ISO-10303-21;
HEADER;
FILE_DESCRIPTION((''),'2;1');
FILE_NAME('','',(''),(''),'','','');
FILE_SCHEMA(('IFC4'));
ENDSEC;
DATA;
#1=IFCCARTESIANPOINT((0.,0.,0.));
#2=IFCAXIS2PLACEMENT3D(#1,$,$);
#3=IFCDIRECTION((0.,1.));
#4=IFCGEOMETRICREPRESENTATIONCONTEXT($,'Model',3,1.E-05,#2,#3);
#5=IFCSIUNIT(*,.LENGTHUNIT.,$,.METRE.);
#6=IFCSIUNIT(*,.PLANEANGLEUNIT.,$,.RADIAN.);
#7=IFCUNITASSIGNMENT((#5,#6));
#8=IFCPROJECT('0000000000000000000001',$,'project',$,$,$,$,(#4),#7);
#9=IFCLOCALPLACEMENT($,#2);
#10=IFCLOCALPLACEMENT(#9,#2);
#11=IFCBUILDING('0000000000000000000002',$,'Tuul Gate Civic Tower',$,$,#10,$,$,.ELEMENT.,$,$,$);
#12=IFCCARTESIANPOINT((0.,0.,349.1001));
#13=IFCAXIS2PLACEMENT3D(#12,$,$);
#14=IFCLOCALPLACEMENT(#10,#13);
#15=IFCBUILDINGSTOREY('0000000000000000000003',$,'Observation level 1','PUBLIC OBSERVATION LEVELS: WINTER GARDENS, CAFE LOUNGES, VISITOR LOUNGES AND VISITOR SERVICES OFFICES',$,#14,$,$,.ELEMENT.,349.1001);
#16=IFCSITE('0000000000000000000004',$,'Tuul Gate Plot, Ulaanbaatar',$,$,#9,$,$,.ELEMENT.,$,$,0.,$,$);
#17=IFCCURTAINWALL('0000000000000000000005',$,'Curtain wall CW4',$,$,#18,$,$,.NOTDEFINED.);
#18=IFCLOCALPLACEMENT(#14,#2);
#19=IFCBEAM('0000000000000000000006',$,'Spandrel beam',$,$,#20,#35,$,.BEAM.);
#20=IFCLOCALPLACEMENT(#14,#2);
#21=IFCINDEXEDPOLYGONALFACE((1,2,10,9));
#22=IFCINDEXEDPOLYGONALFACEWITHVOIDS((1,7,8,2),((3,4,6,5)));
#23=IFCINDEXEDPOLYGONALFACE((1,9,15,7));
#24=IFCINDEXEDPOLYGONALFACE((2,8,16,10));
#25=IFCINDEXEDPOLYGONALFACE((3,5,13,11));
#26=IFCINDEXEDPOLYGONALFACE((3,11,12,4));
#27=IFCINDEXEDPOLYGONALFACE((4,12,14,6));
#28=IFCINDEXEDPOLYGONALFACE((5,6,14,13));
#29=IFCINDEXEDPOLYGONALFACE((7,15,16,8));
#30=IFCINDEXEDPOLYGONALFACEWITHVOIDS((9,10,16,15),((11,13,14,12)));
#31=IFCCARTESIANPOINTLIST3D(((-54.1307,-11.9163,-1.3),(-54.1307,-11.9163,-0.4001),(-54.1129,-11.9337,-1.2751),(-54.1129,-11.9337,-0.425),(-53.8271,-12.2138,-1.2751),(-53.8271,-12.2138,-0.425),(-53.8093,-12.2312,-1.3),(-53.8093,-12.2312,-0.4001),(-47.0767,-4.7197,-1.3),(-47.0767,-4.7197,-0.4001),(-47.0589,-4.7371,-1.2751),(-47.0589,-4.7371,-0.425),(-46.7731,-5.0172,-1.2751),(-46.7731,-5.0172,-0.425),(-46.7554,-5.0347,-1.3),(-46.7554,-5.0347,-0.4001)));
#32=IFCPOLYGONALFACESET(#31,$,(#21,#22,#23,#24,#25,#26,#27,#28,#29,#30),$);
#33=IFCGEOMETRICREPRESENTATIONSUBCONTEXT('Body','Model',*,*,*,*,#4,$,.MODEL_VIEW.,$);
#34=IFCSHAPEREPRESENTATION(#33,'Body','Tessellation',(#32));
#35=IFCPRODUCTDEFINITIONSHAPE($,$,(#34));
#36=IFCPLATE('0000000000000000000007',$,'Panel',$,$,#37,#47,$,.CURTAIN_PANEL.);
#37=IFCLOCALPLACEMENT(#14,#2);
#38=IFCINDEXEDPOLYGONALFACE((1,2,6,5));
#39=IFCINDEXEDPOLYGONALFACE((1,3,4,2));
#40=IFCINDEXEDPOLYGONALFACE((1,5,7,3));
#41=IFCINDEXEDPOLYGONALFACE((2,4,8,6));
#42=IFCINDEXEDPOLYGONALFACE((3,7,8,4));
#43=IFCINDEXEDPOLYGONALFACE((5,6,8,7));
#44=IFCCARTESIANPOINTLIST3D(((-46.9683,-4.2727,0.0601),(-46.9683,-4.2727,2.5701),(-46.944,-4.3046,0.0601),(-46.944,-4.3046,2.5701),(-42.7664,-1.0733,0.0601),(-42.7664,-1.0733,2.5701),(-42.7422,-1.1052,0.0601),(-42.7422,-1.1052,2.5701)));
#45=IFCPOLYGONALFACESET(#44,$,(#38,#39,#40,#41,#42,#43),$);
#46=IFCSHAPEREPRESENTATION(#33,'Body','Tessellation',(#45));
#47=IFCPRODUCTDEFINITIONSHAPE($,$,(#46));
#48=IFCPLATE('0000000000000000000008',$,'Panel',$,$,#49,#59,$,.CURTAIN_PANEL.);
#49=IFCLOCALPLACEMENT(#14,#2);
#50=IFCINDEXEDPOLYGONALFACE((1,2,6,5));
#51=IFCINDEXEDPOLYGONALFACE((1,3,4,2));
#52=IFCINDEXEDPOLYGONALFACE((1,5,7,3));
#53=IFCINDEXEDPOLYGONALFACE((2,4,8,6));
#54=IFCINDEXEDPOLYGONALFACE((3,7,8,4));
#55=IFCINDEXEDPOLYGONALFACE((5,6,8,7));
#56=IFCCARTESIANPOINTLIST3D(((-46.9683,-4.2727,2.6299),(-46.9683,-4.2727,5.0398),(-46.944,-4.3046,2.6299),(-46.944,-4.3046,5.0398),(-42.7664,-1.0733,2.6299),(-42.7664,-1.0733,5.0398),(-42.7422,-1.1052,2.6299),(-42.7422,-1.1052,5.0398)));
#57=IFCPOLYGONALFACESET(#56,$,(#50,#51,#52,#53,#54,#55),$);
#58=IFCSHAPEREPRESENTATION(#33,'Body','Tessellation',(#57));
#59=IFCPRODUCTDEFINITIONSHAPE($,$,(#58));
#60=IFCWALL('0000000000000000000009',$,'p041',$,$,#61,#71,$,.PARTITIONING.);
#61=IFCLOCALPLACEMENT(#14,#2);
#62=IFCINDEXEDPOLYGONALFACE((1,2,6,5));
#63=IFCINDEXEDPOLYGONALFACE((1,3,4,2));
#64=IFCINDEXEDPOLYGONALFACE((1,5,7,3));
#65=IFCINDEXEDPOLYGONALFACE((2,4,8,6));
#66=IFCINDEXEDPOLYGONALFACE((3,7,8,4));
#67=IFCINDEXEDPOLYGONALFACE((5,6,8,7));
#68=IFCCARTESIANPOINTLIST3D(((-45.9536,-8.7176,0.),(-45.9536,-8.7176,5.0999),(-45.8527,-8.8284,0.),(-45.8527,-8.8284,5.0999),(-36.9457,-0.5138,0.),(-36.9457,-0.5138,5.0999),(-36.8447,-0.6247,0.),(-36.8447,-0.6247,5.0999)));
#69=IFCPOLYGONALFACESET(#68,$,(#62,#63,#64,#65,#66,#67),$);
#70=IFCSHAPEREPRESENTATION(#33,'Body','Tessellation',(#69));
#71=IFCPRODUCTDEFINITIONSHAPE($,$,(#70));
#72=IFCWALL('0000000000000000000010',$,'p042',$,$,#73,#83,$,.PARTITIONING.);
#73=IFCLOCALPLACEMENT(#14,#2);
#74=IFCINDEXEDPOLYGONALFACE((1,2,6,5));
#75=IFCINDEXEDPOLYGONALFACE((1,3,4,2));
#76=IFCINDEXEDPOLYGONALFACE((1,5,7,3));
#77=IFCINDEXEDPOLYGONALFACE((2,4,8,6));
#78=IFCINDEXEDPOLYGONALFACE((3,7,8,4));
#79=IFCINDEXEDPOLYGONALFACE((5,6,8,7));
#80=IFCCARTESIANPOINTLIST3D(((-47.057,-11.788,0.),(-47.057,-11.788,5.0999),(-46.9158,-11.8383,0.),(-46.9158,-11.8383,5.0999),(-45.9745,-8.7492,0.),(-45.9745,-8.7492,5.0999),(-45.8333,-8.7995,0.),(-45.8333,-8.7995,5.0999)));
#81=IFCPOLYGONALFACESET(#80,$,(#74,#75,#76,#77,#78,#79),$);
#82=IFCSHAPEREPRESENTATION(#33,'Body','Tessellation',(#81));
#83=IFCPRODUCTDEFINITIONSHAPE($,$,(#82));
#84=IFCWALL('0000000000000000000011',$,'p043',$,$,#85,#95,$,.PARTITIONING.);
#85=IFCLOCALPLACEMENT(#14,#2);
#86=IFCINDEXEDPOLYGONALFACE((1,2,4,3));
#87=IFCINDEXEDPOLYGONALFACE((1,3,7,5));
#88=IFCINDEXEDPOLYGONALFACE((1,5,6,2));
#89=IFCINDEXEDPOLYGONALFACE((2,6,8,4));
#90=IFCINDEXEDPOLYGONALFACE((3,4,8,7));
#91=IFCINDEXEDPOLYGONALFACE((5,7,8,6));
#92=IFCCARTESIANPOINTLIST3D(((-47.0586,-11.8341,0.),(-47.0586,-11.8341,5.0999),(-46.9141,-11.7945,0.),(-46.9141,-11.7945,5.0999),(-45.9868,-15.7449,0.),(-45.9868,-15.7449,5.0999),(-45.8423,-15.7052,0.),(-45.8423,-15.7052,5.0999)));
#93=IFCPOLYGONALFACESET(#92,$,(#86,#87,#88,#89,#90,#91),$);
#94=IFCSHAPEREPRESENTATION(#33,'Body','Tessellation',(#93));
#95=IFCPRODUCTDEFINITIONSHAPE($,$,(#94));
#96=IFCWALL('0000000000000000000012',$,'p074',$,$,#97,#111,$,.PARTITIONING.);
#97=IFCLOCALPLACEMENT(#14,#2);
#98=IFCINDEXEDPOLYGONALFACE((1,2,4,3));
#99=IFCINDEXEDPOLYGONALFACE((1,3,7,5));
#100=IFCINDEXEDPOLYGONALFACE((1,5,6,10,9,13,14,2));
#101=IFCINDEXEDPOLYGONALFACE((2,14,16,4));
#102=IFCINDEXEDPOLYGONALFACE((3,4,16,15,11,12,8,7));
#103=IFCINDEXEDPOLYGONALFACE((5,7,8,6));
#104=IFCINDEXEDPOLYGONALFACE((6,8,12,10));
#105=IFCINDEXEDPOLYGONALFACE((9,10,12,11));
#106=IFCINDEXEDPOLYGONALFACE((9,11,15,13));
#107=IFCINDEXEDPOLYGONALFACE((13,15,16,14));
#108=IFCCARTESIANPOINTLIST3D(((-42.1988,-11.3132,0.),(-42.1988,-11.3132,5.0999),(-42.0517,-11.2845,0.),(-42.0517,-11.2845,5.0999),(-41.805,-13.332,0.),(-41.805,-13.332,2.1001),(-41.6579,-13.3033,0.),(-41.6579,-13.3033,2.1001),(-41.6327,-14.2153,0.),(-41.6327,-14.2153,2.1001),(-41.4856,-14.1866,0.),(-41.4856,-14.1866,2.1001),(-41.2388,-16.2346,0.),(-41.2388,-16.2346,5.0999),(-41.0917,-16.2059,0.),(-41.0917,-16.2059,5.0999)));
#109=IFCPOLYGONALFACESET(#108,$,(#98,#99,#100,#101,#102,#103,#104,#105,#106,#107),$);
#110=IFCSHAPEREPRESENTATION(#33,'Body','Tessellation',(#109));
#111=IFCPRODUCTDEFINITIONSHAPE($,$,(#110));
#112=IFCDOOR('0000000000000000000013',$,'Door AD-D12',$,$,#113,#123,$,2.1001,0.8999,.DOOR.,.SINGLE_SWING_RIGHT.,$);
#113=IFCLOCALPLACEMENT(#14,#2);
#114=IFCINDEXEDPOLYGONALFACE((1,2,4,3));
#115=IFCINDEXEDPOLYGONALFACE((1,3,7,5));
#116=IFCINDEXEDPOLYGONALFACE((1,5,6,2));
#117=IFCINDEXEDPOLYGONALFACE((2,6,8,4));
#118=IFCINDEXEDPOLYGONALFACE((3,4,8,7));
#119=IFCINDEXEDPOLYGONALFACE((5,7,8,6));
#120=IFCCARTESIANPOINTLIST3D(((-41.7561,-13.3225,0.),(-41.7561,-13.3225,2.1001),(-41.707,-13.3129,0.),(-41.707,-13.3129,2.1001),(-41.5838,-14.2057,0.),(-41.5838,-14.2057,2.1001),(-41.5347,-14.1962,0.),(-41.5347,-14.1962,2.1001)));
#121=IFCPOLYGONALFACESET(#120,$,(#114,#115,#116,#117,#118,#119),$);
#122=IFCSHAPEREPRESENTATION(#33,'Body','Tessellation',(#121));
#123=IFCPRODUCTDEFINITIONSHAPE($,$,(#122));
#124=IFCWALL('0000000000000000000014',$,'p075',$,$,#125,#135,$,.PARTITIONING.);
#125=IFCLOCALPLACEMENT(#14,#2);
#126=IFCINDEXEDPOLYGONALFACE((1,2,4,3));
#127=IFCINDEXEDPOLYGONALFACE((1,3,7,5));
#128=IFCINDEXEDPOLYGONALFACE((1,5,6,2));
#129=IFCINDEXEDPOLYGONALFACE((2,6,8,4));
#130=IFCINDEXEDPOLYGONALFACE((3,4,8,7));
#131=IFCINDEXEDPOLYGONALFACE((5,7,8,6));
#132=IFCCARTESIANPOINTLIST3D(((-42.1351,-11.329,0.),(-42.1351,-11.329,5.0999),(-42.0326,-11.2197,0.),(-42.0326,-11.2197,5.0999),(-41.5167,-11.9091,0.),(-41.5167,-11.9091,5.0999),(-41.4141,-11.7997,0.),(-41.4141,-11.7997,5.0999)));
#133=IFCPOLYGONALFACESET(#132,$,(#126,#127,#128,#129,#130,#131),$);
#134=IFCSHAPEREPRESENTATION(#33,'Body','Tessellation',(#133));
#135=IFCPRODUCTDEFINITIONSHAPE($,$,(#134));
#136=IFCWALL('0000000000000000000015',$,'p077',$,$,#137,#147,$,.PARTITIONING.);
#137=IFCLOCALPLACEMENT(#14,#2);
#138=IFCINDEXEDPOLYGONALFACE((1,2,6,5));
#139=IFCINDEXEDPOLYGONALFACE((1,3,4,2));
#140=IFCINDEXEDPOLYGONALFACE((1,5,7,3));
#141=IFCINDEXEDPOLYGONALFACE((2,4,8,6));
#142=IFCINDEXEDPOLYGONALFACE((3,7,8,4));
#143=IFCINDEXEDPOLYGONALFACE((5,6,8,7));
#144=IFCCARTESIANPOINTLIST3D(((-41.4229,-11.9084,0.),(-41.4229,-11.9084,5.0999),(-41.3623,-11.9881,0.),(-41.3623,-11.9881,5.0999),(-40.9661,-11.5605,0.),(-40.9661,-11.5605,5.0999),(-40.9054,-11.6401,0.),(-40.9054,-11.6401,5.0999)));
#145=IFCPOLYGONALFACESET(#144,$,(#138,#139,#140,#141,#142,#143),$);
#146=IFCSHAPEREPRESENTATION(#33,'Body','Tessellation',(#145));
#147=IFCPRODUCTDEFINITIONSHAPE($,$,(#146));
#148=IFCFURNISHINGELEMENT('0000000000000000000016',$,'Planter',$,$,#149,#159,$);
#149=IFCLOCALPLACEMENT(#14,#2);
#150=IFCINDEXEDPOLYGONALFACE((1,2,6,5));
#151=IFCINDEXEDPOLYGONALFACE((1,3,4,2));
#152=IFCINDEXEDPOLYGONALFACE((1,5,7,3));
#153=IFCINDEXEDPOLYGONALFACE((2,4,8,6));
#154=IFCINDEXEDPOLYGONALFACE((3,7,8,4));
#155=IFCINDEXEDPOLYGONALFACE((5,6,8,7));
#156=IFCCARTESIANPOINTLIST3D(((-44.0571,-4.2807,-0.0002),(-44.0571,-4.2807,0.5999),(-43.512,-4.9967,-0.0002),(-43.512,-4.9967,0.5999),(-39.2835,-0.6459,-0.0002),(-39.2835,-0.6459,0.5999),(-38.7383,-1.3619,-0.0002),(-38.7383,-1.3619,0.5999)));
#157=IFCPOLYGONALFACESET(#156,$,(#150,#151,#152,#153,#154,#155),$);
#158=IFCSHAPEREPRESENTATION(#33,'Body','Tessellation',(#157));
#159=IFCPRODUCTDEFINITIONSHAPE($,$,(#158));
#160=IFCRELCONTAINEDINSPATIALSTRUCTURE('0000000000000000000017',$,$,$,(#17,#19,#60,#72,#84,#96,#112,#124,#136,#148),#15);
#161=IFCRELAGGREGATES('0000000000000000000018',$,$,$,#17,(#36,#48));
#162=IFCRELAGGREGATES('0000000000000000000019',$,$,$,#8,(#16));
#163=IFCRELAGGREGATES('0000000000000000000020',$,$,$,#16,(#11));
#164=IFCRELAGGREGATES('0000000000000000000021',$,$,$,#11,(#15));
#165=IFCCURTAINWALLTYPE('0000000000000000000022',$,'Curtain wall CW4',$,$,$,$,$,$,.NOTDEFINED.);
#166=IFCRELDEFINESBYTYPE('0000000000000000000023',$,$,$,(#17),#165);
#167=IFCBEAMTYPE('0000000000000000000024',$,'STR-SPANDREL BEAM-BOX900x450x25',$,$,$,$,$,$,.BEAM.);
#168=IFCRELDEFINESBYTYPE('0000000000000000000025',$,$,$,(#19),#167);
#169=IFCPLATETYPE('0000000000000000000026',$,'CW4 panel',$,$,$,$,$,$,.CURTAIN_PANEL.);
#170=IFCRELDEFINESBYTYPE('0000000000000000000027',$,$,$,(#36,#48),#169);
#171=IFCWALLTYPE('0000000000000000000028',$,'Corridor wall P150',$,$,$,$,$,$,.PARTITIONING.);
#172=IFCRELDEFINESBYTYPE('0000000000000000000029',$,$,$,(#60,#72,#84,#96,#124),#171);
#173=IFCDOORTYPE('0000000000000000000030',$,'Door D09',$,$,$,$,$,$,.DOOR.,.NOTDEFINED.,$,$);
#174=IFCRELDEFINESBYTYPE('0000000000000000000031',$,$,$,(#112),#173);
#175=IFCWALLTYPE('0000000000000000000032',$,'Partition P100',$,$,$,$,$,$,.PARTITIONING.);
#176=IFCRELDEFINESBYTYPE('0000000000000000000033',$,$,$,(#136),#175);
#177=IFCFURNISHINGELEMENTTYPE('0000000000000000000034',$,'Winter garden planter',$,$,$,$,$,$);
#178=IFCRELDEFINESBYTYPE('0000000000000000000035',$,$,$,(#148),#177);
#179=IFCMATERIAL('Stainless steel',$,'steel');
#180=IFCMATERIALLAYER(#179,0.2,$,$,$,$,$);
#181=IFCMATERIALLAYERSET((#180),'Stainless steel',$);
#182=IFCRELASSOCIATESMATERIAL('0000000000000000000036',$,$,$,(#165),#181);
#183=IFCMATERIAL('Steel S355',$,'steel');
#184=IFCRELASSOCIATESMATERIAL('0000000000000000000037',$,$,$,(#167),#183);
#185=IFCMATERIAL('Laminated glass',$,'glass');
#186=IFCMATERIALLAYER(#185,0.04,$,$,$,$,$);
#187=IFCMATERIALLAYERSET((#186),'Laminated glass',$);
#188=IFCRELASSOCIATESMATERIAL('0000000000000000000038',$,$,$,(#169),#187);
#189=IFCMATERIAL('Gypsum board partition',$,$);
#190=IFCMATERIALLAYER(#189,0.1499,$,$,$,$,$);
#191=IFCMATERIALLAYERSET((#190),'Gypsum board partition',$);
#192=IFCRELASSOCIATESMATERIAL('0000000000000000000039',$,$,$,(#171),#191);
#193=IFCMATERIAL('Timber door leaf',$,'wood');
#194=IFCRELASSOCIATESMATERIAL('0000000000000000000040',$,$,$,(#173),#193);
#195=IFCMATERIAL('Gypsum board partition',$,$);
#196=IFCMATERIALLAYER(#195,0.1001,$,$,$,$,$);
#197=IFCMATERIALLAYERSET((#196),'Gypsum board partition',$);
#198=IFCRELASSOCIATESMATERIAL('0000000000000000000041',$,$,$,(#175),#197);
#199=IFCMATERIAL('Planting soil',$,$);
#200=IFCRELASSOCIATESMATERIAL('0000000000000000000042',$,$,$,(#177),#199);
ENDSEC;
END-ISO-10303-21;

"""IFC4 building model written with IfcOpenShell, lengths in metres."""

from ifc_helpers import new_model, si_unit, direction, frame, frame_2d, origin, origin_2d, place, context, subcontext, project, spatial, rectangle, hollow_rectangle, extrude, material, layer, layer_set, material_profile, profile_set, type_object, element, fill, aggregate, save


model = new_model("IFC4")

# Units and contexts
model_context = context("Model", 3, precision=1e-05, world=origin(), true_north=direction((0.0, 1.0)))
body_context = subcontext(model_context, "Body", "Model", "MODEL_VIEW")
ifc_project = project(units=[si_unit("LENGTHUNIT", "METRE"), si_unit("PLANEANGLEUNIT", "RADIAN")], contexts=[model_context])

# Site, building, storey
site_placement = place(None, origin())
site = spatial("IfcSite", under=ifc_project, at=site_placement, Name="Tuul Gate Plot, Ulaanbaatar", CompositionType="ELEMENT", RefElevation=0.0)
building_placement = place(site_placement, origin())
building = spatial("IfcBuilding", under=site, at=building_placement, Name="Tuul Gate Civic Tower", CompositionType="ELEMENT")
storey_placement = place(building_placement, frame((0.0, 0.0, 349.1001)))
storey = spatial("IfcBuildingStorey", under=building, at=storey_placement, Name="Observation level 1", Description="PUBLIC OBSERVATION LEVELS: WINTER GARDENS, CAFE LOUNGES, VISITOR LOUNGES AND VISITOR SERVICES OFFICES", CompositionType="ELEMENT", Elevation=349.1001)

# Curtain wall
ifc_material_1 = material(Name="Stainless steel", Category="steel")
ifc_layer_1 = layer(ifc_material_1, 0.2)
ifc_layer_set_1 = layer_set([ifc_layer_1], Name="Stainless steel")
curtain_wall_type = type_object("IfcCurtainWallType", Name="Curtain wall CW4", PredefinedType="NOTDEFINED", material=ifc_layer_set_1)
curtain_wall_1_placement = place(storey_placement, origin())
curtain_wall_1 = element("IfcCurtainWall", 1, at=curtain_wall_1_placement, inside=storey, type_object=curtain_wall_type, Name="Curtain wall CW4", PredefinedType="NOTDEFINED")

# Beam
ifc_material_2 = material(Name="Steel S355", Category="steel")
ifc_material_profile_1 = material_profile(ifc_material_2, hollow_rectangle(XDim=0.45, YDim=0.8999, WallThickness=0.0249, at=origin_2d()), Name="BOX900x450x25")
ifc_profile_set_1 = profile_set([ifc_material_profile_1], Name="Steel S355")
beam_type = type_object("IfcBeamType", Name="STR-SPANDREL BEAM-BOX900x450x25", PredefinedType="BEAM", material=ifc_profile_set_1)
beam_placement = place(storey_placement, frame((-46.916, -4.8772, -0.8501), z_axis=(-0.699997, -0.714146, 0.0), x_axis=(0.714146, -0.699997, 0.0)))
element("IfcBeam", 2, at=beam_placement, inside=storey, type_object=beam_type, Name="Spandrel beam", PredefinedType="BEAM", context=body_context, shape_type="SweptSolid", body=[
    extrude(hollow_rectangle(XDim=0.45, YDim=0.8999, WallThickness=0.0249, at=origin_2d()), origin(), (0.0, 0.0, 1.0), 10.0771),
])

# Plates
ifc_material_3 = material(Name="Laminated glass", Category="glass")
ifc_layer_2 = layer(ifc_material_3, 0.04)
ifc_layer_set_2 = layer_set([ifc_layer_2], Name="Laminated glass")
plate_type = type_object("IfcPlateType", Name="CW4 panel", PredefinedType="CURTAIN_PANEL", material=ifc_layer_set_2)
plate_1_placement = place(storey_placement, frame((-44.8552, -2.689, 0.0601), z_axis=(0.0, 0.0, 1.0), x_axis=(-0.795611, -0.605808, 0.0)))
plate_1 = element("IfcPlate", 3, at=plate_1_placement, type_object=plate_type, Name="Panel", PredefinedType="CURTAIN_PANEL", context=body_context, shape_type="SweptSolid", body=[
    extrude(rectangle(XDim=5.2812, YDim=0.04, at=origin_2d()), origin(), (0.0, 0.0, 1.0), 2.51),
])
plate_2_placement = place(storey_placement, frame((-44.8552, -2.689, 2.6299), z_axis=(0.0, 0.0, 1.0), x_axis=(-0.795611, -0.605808, 0.0)))
plate_2 = element("IfcPlate", 4, at=plate_2_placement, type_object=plate_type, Name="Panel", PredefinedType="CURTAIN_PANEL", context=body_context, shape_type="SweptSolid", body=[
    extrude(rectangle(XDim=5.2812, YDim=0.04, at=origin_2d()), origin(), (0.0, 0.0, 1.0), 2.4099),
])
aggregate(curtain_wall_1, [plate_1, plate_2])

# Walls
ifc_material_4 = material(Name="Gypsum board partition")
ifc_layer_3 = layer(ifc_material_4, 0.1499)
ifc_layer_set_3 = layer_set([ifc_layer_3], Name="Gypsum board partition")
wall_type_1 = type_object("IfcWallType", Name="Corridor wall P150", PredefinedType="PARTITIONING", material=ifc_layer_set_3)
wall_1_placement = place(storey_placement, frame((-45.9031, -8.7729, 0.0), z_axis=(0.0, 0.0, 1.0), x_axis=(0.739339, 0.673334, 0.0)))
element("IfcWall", 5, at=wall_1_placement, inside=storey, type_object=wall_type_1, Name="p041", PredefinedType="PARTITIONING", context=body_context, shape_type="SweptSolid", body=[
    extrude(rectangle(XDim=12.1838, YDim=0.1499, at=frame_2d((6.0918, 0.0))), origin(), (0.0, 0.0, 1.0), 5.0999),
])
wall_2_placement = place(storey_placement, frame((-46.9863, -11.813, 0.0), z_axis=(0.0, 0.0, 1.0), x_axis=(0.335574, 0.942014, 0.0)))
element("IfcWall", 6, at=wall_2_placement, inside=storey, type_object=wall_type_1, Name="p042", PredefinedType="PARTITIONING", context=body_context, shape_type="SweptSolid", body=[
    extrude(rectangle(XDim=3.2258, YDim=0.1499, at=frame_2d((1.6128, 0.0))), origin(), (0.0, 0.0, 1.0), 5.0999),
])
wall_3_placement = place(storey_placement, frame((-46.9863, -11.8145, 0.0), z_axis=(0.0, 0.0, 1.0), x_axis=(0.26432, -0.964435, 0.0)))
element("IfcWall", 7, at=wall_3_placement, inside=storey, type_object=wall_type_1, Name="p043", PredefinedType="PARTITIONING", context=body_context, shape_type="SweptSolid", body=[
    extrude(rectangle(XDim=4.0549, YDim=0.1499, at=frame_2d((2.0273, 0.0))), origin(), (0.0, 0.0, 1.0), 5.0999),
])

# Wall, opening, door
wall_4_placement = place(storey_placement, frame((-42.1252, -11.2988, 0.0), z_axis=(0.0, 0.0, 1.0), x_axis=(0.191451, -0.981502, 0.0)))
wall_4 = element("IfcWall", 8, at=wall_4_placement, inside=storey, type_object=wall_type_1, Name="p074", PredefinedType="PARTITIONING", context=body_context, shape_type="SweptSolid", body=[
    extrude(rectangle(XDim=5.0142, YDim=0.1499, at=frame_2d((2.5071, 0.0))), origin(), (0.0, 0.0, 1.0), 5.0999),
])
opening_placement = place(wall_4_placement, frame((2.0569, 0.0, 0.0)))
opening = element("IfcOpeningElement", 9, at=opening_placement, cuts=wall_4, PredefinedType="OPENING", context=body_context, shape_type="SweptSolid", body=[
    extrude(rectangle(XDim=0.8999, YDim=2.1001, at=frame_2d((0.45, 1.05))), frame((0.0, 0.085, 0.0), z_axis=(0.0, -1.0, 0.0), x_axis=(1.0, 0.0, 0.0)), (0.0, 0.0, 1.0), 0.1699),
])
ifc_material_5 = material(Name="Timber door leaf", Category="wood")
door_type = type_object("IfcDoorType", Name="Door D09", OperationType="NOTDEFINED", PredefinedType="DOOR", material=ifc_material_5)
door_placement = place(opening_placement, origin())
door = element("IfcDoor", 10, at=door_placement, inside=storey, type_object=door_type, Name="Door AD-D12", OperationType="SINGLE_SWING_RIGHT", OverallHeight=2.1001, OverallWidth=0.8999, PredefinedType="DOOR", context=body_context, shape_type="SweptSolid", body=[
    extrude(rectangle(XDim=0.8999, YDim=2.1001, at=frame_2d((0.45, 1.05))), frame((0.0, 0.0249, 0.0), z_axis=(0.0, -1.0, 0.0), x_axis=(1.0, 0.0, 0.0)), (0.0, 0.0, 1.0), 0.05),
])
fill(opening, door)

# Walls
wall_5_placement = place(storey_placement, frame((-42.0837, -11.2744, 0.0), z_axis=(0.0, 0.0, 1.0), x_axis=(0.729349, -0.684142, 0.0)))
element("IfcWall", 11, at=wall_5_placement, inside=storey, type_object=wall_type_1, Name="p075", PredefinedType="PARTITIONING", context=body_context, shape_type="SweptSolid", body=[
    extrude(rectangle(XDim=0.8479, YDim=0.1499, at=frame_2d((0.4238, 0.0))), origin(), (0.0, 0.0, 1.0), 5.0999),
])
ifc_material_6 = material(Name="Gypsum board partition")
ifc_layer_4 = layer(ifc_material_6, 0.1001)
ifc_layer_set_4 = layer_set([ifc_layer_4], Name="Gypsum board partition")
wall_type_2 = type_object("IfcWallType", Name="Partition P100", PredefinedType="PARTITIONING", material=ifc_layer_set_4)
wall_6_placement = place(storey_placement, frame((-41.3926, -11.9482, 0.0), z_axis=(0.0, 0.0, 1.0), x_axis=(0.795539, 0.605902, 0.0)))
element("IfcWall", 12, at=wall_6_placement, inside=storey, type_object=wall_type_2, Name="p077", PredefinedType="PARTITIONING", context=body_context, shape_type="SweptSolid", body=[
    extrude(rectangle(XDim=0.5742, YDim=0.1001, at=frame_2d((0.2871, 0.0))), origin(), (0.0, 0.0, 1.0), 5.0999),
])

# Furnishing element
ifc_material_7 = material(Name="Planting soil")
furnishing_element_type = type_object("IfcFurnishingElementType", Name="Winter garden planter", material=ifc_material_7)
furnishing_placement = place(storey_placement, frame((-41.3977, -2.8213, -0.0002), z_axis=(0.0, 0.0, 1.0), x_axis=(-0.795611, -0.605808, 0.0)))
element("IfcFurnishingElement", 13, at=furnishing_placement, inside=storey, type_object=furnishing_element_type, Name="Planter", context=body_context, shape_type="SweptSolid", body=[
    extrude(rectangle(XDim=6.0, YDim=0.8999, at=origin_2d()), origin(), (0.0, 0.0, 1.0), 0.6001),
])

save(model, "model.ifc")
